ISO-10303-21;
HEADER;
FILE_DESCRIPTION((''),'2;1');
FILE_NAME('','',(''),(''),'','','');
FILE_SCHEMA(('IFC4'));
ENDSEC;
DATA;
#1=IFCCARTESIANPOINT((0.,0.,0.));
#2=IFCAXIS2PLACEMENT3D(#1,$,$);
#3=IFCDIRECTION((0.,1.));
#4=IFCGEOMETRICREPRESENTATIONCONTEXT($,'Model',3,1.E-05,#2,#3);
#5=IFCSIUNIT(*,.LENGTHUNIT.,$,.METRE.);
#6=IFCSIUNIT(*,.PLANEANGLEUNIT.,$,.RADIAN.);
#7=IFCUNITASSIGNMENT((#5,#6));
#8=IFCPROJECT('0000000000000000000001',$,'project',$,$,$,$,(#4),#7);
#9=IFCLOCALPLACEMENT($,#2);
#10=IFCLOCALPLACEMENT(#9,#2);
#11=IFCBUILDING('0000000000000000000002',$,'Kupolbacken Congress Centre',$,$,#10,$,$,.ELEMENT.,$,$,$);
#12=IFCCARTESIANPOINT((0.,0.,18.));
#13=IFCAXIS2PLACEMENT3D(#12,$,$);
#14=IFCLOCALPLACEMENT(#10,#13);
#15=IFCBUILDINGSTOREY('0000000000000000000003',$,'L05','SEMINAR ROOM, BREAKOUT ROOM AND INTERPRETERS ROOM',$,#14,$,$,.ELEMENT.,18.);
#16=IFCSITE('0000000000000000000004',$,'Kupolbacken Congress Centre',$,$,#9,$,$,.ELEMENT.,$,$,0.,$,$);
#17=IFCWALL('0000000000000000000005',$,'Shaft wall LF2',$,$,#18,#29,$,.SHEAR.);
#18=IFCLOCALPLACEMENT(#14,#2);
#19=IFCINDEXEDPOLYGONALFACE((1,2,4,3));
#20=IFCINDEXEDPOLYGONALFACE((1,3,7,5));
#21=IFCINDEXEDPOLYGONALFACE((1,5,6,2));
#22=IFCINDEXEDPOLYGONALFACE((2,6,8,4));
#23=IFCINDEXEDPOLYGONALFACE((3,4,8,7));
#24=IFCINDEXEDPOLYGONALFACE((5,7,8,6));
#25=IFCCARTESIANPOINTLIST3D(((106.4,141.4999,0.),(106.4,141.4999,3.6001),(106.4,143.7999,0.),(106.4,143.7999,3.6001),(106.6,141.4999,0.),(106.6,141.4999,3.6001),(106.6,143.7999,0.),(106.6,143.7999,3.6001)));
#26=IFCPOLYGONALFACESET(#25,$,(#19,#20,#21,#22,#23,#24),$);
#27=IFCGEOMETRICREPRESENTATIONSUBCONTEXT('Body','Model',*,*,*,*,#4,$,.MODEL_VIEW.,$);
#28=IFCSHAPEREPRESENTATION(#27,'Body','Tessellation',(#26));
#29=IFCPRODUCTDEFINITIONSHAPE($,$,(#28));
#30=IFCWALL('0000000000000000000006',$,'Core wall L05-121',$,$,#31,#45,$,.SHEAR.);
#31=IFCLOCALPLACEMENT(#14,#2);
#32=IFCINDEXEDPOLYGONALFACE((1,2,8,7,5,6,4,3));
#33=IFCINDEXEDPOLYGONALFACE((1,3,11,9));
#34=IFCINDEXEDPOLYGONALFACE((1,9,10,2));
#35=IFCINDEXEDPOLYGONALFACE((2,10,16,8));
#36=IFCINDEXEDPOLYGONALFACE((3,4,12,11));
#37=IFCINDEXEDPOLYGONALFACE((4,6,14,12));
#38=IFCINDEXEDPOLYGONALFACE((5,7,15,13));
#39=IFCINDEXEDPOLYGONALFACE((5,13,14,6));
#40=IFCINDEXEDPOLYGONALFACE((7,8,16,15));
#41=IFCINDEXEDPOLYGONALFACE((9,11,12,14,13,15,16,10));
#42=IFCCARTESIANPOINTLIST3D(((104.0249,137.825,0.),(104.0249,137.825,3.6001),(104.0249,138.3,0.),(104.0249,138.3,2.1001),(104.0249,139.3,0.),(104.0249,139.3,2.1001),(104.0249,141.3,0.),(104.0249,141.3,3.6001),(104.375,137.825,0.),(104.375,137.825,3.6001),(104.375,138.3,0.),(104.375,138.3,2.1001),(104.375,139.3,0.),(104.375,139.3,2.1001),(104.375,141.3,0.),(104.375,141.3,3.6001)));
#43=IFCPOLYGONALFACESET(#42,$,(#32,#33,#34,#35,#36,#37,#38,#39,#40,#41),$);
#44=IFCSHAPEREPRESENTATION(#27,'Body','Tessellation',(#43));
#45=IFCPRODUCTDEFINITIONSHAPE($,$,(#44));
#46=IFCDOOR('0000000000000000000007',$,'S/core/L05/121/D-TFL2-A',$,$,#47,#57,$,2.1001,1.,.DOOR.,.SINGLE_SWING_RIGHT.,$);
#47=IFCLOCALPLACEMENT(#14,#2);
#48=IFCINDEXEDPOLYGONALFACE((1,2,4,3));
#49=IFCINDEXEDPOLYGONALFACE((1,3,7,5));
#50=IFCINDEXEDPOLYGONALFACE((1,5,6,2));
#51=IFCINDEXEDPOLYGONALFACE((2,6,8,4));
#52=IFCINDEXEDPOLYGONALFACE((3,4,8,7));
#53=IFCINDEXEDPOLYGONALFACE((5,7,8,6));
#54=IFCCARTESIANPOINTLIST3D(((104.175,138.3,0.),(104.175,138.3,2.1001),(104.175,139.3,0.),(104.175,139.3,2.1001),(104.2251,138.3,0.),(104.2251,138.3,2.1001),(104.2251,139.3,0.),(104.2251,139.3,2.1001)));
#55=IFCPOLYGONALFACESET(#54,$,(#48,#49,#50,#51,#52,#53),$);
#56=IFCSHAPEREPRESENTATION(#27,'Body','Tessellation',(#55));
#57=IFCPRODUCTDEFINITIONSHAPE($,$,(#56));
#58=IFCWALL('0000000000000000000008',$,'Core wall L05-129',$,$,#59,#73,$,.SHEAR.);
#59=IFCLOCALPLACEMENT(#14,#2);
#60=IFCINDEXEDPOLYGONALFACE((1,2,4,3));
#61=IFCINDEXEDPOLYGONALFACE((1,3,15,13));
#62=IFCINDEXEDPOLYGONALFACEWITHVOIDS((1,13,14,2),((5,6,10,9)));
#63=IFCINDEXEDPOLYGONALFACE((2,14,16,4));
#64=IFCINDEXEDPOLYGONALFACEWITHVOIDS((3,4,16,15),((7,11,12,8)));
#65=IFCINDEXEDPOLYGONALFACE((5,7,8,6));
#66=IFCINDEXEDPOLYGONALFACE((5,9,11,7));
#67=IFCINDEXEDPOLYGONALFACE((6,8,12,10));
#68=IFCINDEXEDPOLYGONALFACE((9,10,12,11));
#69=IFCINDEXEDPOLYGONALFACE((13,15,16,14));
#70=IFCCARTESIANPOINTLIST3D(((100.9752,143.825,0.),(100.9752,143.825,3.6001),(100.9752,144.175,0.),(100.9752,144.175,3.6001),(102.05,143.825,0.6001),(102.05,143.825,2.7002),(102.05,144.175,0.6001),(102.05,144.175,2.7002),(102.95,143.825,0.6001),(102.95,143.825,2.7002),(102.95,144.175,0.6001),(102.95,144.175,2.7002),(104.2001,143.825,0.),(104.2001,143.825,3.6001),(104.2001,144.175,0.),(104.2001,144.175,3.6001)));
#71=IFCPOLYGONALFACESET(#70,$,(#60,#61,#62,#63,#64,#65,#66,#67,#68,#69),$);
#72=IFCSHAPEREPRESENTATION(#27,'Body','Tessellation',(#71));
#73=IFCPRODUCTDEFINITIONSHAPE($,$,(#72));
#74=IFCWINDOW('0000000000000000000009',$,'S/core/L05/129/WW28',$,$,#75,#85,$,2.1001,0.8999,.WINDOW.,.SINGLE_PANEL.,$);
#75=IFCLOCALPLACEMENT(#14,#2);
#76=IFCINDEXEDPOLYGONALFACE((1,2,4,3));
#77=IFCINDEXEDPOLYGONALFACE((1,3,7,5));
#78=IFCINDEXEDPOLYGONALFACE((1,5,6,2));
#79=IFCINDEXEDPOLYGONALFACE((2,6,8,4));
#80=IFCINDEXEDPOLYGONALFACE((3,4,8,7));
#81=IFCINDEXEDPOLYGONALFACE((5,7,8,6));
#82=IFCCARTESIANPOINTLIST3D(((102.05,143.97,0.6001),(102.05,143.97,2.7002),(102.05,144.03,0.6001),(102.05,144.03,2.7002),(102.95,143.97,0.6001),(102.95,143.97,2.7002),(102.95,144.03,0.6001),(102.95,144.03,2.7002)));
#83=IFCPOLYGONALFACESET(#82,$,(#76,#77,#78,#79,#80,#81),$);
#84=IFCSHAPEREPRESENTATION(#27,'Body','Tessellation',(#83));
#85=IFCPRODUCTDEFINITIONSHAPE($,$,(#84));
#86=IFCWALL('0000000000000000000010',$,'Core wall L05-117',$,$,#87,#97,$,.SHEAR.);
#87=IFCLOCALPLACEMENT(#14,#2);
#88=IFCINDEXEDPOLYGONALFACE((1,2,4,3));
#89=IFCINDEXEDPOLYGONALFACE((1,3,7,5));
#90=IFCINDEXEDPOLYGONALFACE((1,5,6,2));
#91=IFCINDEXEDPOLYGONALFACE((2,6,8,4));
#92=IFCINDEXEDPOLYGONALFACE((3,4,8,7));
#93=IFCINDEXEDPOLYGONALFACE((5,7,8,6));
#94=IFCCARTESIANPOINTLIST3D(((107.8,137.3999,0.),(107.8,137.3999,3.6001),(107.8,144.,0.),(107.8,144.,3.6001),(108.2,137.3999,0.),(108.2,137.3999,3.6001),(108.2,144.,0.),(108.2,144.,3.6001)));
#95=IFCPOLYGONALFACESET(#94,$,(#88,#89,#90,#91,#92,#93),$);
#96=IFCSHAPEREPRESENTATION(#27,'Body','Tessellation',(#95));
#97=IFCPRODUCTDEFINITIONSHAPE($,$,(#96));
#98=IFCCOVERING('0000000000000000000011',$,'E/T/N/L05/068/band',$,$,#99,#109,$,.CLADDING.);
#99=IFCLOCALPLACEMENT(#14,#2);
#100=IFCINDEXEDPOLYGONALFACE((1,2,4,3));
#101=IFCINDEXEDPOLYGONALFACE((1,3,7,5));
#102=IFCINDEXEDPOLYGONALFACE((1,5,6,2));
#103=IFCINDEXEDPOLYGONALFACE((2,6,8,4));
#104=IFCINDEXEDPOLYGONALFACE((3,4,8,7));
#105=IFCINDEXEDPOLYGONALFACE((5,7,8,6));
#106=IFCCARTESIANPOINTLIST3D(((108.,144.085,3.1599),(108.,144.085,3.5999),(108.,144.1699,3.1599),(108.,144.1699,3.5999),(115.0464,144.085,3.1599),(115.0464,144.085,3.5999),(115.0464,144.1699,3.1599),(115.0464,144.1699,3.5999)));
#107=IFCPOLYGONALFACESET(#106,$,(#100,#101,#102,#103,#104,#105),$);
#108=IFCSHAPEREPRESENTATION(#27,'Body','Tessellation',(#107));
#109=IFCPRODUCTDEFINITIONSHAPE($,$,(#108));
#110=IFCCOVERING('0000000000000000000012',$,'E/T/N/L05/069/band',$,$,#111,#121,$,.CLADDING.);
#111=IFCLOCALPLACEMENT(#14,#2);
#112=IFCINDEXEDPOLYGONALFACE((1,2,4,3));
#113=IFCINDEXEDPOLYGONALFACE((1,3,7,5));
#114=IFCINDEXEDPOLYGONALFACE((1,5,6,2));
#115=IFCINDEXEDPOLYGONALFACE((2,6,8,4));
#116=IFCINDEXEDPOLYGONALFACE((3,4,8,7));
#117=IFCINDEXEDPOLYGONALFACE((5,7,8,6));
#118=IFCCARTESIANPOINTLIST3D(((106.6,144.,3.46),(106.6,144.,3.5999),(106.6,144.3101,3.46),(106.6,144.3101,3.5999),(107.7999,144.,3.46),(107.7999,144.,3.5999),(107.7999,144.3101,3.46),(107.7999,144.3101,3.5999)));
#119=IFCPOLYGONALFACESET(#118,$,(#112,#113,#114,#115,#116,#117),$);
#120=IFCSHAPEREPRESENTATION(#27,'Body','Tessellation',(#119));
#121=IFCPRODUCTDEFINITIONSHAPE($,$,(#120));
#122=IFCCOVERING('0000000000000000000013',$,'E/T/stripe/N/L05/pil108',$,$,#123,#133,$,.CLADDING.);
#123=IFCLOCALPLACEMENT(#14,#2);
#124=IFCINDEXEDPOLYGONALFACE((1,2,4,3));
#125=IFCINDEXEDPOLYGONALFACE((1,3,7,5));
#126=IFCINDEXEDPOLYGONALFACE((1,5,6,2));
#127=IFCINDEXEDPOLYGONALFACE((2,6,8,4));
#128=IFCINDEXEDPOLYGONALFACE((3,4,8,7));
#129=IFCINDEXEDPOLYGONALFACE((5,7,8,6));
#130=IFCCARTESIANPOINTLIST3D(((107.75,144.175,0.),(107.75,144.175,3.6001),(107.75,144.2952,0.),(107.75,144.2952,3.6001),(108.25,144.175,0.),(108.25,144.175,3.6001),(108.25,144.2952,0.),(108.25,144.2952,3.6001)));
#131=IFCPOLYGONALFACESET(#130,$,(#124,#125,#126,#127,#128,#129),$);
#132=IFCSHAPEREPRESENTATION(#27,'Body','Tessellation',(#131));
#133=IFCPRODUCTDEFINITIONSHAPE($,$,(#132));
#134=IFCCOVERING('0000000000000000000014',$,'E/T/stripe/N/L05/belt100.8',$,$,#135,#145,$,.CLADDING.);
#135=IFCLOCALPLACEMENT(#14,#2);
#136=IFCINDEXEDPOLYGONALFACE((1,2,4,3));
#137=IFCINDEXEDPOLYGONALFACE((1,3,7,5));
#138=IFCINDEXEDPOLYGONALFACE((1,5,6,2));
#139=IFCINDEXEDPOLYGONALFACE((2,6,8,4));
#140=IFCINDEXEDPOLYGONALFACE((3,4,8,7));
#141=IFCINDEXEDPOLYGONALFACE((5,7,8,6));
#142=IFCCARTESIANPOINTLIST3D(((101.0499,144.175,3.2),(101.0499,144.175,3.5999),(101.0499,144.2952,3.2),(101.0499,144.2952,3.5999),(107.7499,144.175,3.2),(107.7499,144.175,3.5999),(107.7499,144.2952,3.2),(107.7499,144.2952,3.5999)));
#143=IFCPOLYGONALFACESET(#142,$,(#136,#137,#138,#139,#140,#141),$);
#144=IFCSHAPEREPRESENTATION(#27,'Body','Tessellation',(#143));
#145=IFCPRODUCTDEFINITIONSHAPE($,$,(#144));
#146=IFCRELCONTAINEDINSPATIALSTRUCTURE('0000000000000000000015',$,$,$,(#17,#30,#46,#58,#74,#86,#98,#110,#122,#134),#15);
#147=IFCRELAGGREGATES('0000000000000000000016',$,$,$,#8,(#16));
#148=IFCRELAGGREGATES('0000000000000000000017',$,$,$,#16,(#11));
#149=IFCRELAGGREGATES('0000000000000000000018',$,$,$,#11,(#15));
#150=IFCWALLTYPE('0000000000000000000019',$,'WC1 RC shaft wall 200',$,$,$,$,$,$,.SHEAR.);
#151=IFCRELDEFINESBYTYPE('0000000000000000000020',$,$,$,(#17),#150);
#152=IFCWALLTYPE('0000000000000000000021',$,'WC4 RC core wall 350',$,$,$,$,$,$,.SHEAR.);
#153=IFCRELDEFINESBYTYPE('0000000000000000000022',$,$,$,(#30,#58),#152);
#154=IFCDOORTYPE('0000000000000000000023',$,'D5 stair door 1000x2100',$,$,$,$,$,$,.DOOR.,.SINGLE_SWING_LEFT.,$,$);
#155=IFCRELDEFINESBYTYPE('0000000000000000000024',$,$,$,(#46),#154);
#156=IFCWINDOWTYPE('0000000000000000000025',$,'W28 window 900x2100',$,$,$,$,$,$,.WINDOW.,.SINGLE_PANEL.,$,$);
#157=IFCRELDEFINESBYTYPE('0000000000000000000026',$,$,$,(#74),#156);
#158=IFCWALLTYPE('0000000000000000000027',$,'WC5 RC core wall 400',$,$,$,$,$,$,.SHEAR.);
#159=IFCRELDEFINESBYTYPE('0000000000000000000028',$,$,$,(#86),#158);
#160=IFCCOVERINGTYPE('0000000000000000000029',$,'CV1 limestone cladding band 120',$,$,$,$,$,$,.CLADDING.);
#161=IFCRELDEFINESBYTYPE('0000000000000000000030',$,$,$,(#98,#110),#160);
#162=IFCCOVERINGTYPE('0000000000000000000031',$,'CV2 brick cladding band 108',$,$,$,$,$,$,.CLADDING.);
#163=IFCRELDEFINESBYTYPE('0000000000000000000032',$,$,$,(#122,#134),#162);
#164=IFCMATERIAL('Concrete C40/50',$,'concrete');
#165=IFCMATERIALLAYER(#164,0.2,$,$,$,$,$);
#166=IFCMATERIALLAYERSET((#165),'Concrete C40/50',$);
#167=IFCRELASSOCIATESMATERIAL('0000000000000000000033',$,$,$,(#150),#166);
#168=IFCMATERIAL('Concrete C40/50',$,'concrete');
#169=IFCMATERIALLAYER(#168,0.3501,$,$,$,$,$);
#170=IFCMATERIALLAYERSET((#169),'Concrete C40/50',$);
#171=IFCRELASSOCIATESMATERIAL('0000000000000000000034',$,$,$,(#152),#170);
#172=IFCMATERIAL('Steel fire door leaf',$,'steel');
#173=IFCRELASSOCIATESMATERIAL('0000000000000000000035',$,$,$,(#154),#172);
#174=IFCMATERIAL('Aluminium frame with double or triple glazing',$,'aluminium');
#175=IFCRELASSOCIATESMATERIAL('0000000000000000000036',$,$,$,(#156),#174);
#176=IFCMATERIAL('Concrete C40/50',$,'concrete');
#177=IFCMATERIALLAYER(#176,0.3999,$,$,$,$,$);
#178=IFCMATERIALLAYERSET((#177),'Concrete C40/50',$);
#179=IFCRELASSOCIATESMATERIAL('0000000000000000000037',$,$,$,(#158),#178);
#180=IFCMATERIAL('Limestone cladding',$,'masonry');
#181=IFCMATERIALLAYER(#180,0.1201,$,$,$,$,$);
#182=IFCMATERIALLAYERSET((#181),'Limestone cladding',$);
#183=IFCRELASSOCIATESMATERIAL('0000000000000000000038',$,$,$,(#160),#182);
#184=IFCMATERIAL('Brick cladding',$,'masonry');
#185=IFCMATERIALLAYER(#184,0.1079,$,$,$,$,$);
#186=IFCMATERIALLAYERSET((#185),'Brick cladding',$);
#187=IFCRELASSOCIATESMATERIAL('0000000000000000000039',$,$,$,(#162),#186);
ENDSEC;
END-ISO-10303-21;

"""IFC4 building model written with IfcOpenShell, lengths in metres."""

from ifc_helpers import new_model, si_unit, direction, frame, frame_2d, origin, origin_2d, place, context, subcontext, project, spatial, rectangle, extrude, material, layer, layer_set, type_object, element, fill, save


model = new_model("IFC4")

# Units and contexts
model_context = context("Model", 3, precision=1e-05, world=origin(), true_north=direction((0.0, 1.0)))
body_context = subcontext(model_context, "Body", "Model", "MODEL_VIEW")
ifc_project = project(units=[si_unit("LENGTHUNIT", "METRE"), si_unit("PLANEANGLEUNIT", "RADIAN")], contexts=[model_context])

# Site, building, storey
site_placement = place(None, origin())
site = spatial("IfcSite", under=ifc_project, at=site_placement, Name="Kupolbacken Congress Centre", CompositionType="ELEMENT", RefElevation=0.0)
building_placement = place(site_placement, origin())
building = spatial("IfcBuilding", under=site, at=building_placement, Name="Kupolbacken Congress Centre", CompositionType="ELEMENT")
storey_placement = place(building_placement, frame((0.0, 0.0, 18.0)))
storey = spatial("IfcBuildingStorey", under=building, at=storey_placement, Name="L05", Description="SEMINAR ROOM, BREAKOUT ROOM AND INTERPRETERS ROOM", CompositionType="ELEMENT", Elevation=18.0)

# Shared definitions
ifc_material_1 = material(Name="Concrete C40/50", Category="concrete")
ifc_layer_1 = layer(ifc_material_1, 0.2)
ifc_layer_set_1 = layer_set([ifc_layer_1], Name="Concrete C40/50")
wall_type_1 = type_object("IfcWallType", Name="WC1 RC shaft wall 200", PredefinedType="SHEAR", material=ifc_layer_set_1)

# Wall
for number, where, z_axis, x_axis, name in (
    (1, (106.5, 141.5, 0.0), (0.0, 0.0, 1.0), (0.0, 1.0, 0.0), "Shaft wall LF2"),
):
    element("IfcWall", number, at=place(storey_placement, frame(where, z_axis=z_axis, x_axis=x_axis)), inside=storey, type_object=wall_type_1, Name=name, PredefinedType="SHEAR", context=body_context, shape_type="SweptSolid", body=[
        extrude(rectangle(XDim=2.3, YDim=0.2, at=frame_2d((1.1499, 0.0))), origin(), (0.0, 0.0, 1.0), 3.6001),
    ])

# Wall, opening, door
ifc_material_2 = material(Name="Concrete C40/50", Category="concrete")
ifc_layer_2 = layer(ifc_material_2, 0.3501)
ifc_layer_set_2 = layer_set([ifc_layer_2], Name="Concrete C40/50")
wall_type_2 = type_object("IfcWallType", Name="WC4 RC core wall 350", PredefinedType="SHEAR", material=ifc_layer_set_2)
wall_1_placement = place(storey_placement, frame((104.2, 137.825, 0.0), z_axis=(0.0, 0.0, 1.0), x_axis=(0.0, 1.0, 0.0)))
wall_1 = element("IfcWall", 2, at=wall_1_placement, inside=storey, type_object=wall_type_2, Name="Core wall L05-121", PredefinedType="SHEAR", context=body_context, shape_type="SweptSolid", body=[
    extrude(rectangle(XDim=3.4751, YDim=0.3501, at=frame_2d((1.7375, 0.0))), origin(), (0.0, 0.0, 1.0), 3.6001),
])
opening_1_placement = place(wall_1_placement, frame((0.4751, 0.0, 0.0)))
opening_1 = element("IfcOpeningElement", 3, at=opening_1_placement, cuts=wall_1, PredefinedType="OPENING", context=body_context, shape_type="SweptSolid", body=[
    extrude(rectangle(XDim=1.0, YDim=2.1001, at=frame_2d((0.5, 1.05))), frame((0.0, 0.1851, 0.0), z_axis=(0.0, -1.0, 0.0), x_axis=(1.0, 0.0, 0.0)), (0.0, 0.0, 1.0), 0.3701),
])
ifc_material_3 = material(Name="Steel fire door leaf", Category="steel")
door_type_1 = type_object("IfcDoorType", Name="D5 stair door 1000x2100", OperationType="SINGLE_SWING_LEFT", PredefinedType="DOOR", material=ifc_material_3)
door_1_placement = place(opening_1_placement, origin())
door_1 = element("IfcDoor", 4, at=door_1_placement, inside=storey, type_object=door_type_1, Name="S/core/L05/121/D-TFL2-A", OperationType="SINGLE_SWING_RIGHT", OverallHeight=2.1001, OverallWidth=1.0, PredefinedType="DOOR", context=body_context, shape_type="SweptSolid", body=[
    extrude(rectangle(XDim=1.0, YDim=2.1001, at=frame_2d((0.5, 1.05))), frame((0.0, 0.0249, 0.0), z_axis=(0.0, -1.0, 0.0), x_axis=(1.0, 0.0, 0.0)), (0.0, 0.0, 1.0), 0.05),
])
fill(opening_1, door_1)

# Wall, opening, window
wall_2_placement = place(storey_placement, frame((104.2, 144.0, 0.0), z_axis=(0.0, 0.0, 1.0), x_axis=(-1.0, 0.0, 0.0)))
wall_2 = element("IfcWall", 5, at=wall_2_placement, inside=storey, type_object=wall_type_2, Name="Core wall L05-129", PredefinedType="SHEAR", context=body_context, shape_type="SweptSolid", body=[
    extrude(rectangle(XDim=3.2249, YDim=0.3501, at=frame_2d((1.6123, 0.0))), origin(), (0.0, 0.0, 1.0), 3.6001),
])
opening_2_placement = place(wall_2_placement, frame((1.25, 0.0, 0.6001)))
opening_2 = element("IfcOpeningElement", 6, at=opening_2_placement, cuts=wall_2, PredefinedType="OPENING", context=body_context, shape_type="SweptSolid", body=[
    extrude(rectangle(XDim=0.8999, YDim=2.1001, at=frame_2d((0.45, 1.05))), frame((0.0, 0.1851, 0.0), z_axis=(0.0, -1.0, 0.0), x_axis=(1.0, 0.0, 0.0)), (0.0, 0.0, 1.0), 0.3701),
])
ifc_material_4 = material(Name="Aluminium frame with double or triple glazing", Category="aluminium")
window_type_1 = type_object("IfcWindowType", Name="W28 window 900x2100", PartitioningType="SINGLE_PANEL", PredefinedType="WINDOW", material=ifc_material_4)
window_1_placement = place(opening_2_placement, origin())
window_1 = element("IfcWindow", 7, at=window_1_placement, inside=storey, type_object=window_type_1, Name="S/core/L05/129/WW28", OverallHeight=2.1001, OverallWidth=0.8999, PartitioningType="SINGLE_PANEL", PredefinedType="WINDOW", context=body_context, shape_type="SweptSolid", body=[
    extrude(rectangle(XDim=0.8999, YDim=2.1001, at=frame_2d((0.45, 1.05))), frame((0.0, 0.03, 0.0), z_axis=(0.0, -1.0, 0.0), x_axis=(1.0, 0.0, 0.0)), (0.0, 0.0, 1.0), 0.0601),
])
fill(opening_2, window_1)

# Wall
ifc_material_5 = material(Name="Concrete C40/50", Category="concrete")
ifc_layer_3 = layer(ifc_material_5, 0.3999)
ifc_layer_set_3 = layer_set([ifc_layer_3], Name="Concrete C40/50")
wall_type_3 = type_object("IfcWallType", Name="WC5 RC core wall 400", PredefinedType="SHEAR", material=ifc_layer_set_3)
wall_3_placement = place(storey_placement, frame((108.0, 137.3999, 0.0), z_axis=(0.0, 0.0, 1.0), x_axis=(0.0, 1.0, 0.0)))
element("IfcWall", 8, at=wall_3_placement, inside=storey, type_object=wall_type_3, Name="Core wall L05-117", PredefinedType="SHEAR", context=body_context, shape_type="SweptSolid", body=[
    extrude(rectangle(XDim=6.6001, YDim=0.3999, at=frame_2d((3.3, 0.0))), origin(), (0.0, 0.0, 1.0), 3.6001),
])

# Coverings
ifc_material_6 = material(Name="Limestone cladding", Category="masonry")
ifc_layer_4 = layer(ifc_material_6, 0.1201)
ifc_layer_set_4 = layer_set([ifc_layer_4], Name="Limestone cladding")
covering_type_1 = type_object("IfcCoveringType", Name="CV1 limestone cladding band 120", PredefinedType="CLADDING", material=ifc_layer_set_4)
covering_1_placement = place(storey_placement, frame((111.5232, 144.1274, 3.1599), z_axis=(0.0, 0.0, 1.0), x_axis=(-1.0, 0.0, 0.0)))
element("IfcCovering", 9, at=covering_1_placement, inside=storey, type_object=covering_type_1, Name="E/T/N/L05/068/band", PredefinedType="CLADDING", context=body_context, shape_type="SweptSolid", body=[
    extrude(rectangle(XDim=7.0464, YDim=0.085, at=origin_2d()), origin(), (0.0, 0.0, 1.0), 0.4399),
])
covering_2_placement = place(storey_placement, frame((107.2, 144.155, 3.46), z_axis=(0.0, 0.0, 1.0), x_axis=(-1.0, 0.0, 0.0)))
element("IfcCovering", 10, at=covering_2_placement, inside=storey, type_object=covering_type_1, Name="E/T/N/L05/069/band", PredefinedType="CLADDING", context=body_context, shape_type="SweptSolid", body=[
    extrude(rectangle(XDim=1.2, YDim=0.3101, at=origin_2d()), origin(), (0.0, 0.0, 1.0), 0.1399),
])
ifc_material_7 = material(Name="Brick cladding", Category="masonry")
ifc_layer_5 = layer(ifc_material_7, 0.1079)
ifc_layer_set_5 = layer_set([ifc_layer_5], Name="Brick cladding")
covering_type_2 = type_object("IfcCoveringType", Name="CV2 brick cladding band 108", PredefinedType="CLADDING", material=ifc_layer_set_5)
covering_3_placement = place(storey_placement, frame((108.0, 144.2351, 0.0), z_axis=(0.0, 0.0, 1.0), x_axis=(1.0, 0.0, 0.0)))
element("IfcCovering", 11, at=covering_3_placement, inside=storey, type_object=covering_type_2, Name="E/T/stripe/N/L05/pil108", PredefinedType="CLADDING", context=body_context, shape_type="SweptSolid", body=[
    extrude(rectangle(XDim=0.5, YDim=0.1201, at=origin_2d()), origin(), (0.0, 0.0, 1.0), 3.6001),
])
covering_4_placement = place(storey_placement, frame((104.3999, 144.2351, 3.2), z_axis=(0.0, 0.0, 1.0), x_axis=(1.0, 0.0, 0.0)))
element("IfcCovering", 12, at=covering_4_placement, inside=storey, type_object=covering_type_2, Name="E/T/stripe/N/L05/belt100.8", PredefinedType="CLADDING", context=body_context, shape_type="SweptSolid", body=[
    extrude(rectangle(XDim=6.7, YDim=0.1201, at=origin_2d()), origin(), (0.0, 0.0, 1.0), 0.3999),
])

save(model, "model.ifc")
